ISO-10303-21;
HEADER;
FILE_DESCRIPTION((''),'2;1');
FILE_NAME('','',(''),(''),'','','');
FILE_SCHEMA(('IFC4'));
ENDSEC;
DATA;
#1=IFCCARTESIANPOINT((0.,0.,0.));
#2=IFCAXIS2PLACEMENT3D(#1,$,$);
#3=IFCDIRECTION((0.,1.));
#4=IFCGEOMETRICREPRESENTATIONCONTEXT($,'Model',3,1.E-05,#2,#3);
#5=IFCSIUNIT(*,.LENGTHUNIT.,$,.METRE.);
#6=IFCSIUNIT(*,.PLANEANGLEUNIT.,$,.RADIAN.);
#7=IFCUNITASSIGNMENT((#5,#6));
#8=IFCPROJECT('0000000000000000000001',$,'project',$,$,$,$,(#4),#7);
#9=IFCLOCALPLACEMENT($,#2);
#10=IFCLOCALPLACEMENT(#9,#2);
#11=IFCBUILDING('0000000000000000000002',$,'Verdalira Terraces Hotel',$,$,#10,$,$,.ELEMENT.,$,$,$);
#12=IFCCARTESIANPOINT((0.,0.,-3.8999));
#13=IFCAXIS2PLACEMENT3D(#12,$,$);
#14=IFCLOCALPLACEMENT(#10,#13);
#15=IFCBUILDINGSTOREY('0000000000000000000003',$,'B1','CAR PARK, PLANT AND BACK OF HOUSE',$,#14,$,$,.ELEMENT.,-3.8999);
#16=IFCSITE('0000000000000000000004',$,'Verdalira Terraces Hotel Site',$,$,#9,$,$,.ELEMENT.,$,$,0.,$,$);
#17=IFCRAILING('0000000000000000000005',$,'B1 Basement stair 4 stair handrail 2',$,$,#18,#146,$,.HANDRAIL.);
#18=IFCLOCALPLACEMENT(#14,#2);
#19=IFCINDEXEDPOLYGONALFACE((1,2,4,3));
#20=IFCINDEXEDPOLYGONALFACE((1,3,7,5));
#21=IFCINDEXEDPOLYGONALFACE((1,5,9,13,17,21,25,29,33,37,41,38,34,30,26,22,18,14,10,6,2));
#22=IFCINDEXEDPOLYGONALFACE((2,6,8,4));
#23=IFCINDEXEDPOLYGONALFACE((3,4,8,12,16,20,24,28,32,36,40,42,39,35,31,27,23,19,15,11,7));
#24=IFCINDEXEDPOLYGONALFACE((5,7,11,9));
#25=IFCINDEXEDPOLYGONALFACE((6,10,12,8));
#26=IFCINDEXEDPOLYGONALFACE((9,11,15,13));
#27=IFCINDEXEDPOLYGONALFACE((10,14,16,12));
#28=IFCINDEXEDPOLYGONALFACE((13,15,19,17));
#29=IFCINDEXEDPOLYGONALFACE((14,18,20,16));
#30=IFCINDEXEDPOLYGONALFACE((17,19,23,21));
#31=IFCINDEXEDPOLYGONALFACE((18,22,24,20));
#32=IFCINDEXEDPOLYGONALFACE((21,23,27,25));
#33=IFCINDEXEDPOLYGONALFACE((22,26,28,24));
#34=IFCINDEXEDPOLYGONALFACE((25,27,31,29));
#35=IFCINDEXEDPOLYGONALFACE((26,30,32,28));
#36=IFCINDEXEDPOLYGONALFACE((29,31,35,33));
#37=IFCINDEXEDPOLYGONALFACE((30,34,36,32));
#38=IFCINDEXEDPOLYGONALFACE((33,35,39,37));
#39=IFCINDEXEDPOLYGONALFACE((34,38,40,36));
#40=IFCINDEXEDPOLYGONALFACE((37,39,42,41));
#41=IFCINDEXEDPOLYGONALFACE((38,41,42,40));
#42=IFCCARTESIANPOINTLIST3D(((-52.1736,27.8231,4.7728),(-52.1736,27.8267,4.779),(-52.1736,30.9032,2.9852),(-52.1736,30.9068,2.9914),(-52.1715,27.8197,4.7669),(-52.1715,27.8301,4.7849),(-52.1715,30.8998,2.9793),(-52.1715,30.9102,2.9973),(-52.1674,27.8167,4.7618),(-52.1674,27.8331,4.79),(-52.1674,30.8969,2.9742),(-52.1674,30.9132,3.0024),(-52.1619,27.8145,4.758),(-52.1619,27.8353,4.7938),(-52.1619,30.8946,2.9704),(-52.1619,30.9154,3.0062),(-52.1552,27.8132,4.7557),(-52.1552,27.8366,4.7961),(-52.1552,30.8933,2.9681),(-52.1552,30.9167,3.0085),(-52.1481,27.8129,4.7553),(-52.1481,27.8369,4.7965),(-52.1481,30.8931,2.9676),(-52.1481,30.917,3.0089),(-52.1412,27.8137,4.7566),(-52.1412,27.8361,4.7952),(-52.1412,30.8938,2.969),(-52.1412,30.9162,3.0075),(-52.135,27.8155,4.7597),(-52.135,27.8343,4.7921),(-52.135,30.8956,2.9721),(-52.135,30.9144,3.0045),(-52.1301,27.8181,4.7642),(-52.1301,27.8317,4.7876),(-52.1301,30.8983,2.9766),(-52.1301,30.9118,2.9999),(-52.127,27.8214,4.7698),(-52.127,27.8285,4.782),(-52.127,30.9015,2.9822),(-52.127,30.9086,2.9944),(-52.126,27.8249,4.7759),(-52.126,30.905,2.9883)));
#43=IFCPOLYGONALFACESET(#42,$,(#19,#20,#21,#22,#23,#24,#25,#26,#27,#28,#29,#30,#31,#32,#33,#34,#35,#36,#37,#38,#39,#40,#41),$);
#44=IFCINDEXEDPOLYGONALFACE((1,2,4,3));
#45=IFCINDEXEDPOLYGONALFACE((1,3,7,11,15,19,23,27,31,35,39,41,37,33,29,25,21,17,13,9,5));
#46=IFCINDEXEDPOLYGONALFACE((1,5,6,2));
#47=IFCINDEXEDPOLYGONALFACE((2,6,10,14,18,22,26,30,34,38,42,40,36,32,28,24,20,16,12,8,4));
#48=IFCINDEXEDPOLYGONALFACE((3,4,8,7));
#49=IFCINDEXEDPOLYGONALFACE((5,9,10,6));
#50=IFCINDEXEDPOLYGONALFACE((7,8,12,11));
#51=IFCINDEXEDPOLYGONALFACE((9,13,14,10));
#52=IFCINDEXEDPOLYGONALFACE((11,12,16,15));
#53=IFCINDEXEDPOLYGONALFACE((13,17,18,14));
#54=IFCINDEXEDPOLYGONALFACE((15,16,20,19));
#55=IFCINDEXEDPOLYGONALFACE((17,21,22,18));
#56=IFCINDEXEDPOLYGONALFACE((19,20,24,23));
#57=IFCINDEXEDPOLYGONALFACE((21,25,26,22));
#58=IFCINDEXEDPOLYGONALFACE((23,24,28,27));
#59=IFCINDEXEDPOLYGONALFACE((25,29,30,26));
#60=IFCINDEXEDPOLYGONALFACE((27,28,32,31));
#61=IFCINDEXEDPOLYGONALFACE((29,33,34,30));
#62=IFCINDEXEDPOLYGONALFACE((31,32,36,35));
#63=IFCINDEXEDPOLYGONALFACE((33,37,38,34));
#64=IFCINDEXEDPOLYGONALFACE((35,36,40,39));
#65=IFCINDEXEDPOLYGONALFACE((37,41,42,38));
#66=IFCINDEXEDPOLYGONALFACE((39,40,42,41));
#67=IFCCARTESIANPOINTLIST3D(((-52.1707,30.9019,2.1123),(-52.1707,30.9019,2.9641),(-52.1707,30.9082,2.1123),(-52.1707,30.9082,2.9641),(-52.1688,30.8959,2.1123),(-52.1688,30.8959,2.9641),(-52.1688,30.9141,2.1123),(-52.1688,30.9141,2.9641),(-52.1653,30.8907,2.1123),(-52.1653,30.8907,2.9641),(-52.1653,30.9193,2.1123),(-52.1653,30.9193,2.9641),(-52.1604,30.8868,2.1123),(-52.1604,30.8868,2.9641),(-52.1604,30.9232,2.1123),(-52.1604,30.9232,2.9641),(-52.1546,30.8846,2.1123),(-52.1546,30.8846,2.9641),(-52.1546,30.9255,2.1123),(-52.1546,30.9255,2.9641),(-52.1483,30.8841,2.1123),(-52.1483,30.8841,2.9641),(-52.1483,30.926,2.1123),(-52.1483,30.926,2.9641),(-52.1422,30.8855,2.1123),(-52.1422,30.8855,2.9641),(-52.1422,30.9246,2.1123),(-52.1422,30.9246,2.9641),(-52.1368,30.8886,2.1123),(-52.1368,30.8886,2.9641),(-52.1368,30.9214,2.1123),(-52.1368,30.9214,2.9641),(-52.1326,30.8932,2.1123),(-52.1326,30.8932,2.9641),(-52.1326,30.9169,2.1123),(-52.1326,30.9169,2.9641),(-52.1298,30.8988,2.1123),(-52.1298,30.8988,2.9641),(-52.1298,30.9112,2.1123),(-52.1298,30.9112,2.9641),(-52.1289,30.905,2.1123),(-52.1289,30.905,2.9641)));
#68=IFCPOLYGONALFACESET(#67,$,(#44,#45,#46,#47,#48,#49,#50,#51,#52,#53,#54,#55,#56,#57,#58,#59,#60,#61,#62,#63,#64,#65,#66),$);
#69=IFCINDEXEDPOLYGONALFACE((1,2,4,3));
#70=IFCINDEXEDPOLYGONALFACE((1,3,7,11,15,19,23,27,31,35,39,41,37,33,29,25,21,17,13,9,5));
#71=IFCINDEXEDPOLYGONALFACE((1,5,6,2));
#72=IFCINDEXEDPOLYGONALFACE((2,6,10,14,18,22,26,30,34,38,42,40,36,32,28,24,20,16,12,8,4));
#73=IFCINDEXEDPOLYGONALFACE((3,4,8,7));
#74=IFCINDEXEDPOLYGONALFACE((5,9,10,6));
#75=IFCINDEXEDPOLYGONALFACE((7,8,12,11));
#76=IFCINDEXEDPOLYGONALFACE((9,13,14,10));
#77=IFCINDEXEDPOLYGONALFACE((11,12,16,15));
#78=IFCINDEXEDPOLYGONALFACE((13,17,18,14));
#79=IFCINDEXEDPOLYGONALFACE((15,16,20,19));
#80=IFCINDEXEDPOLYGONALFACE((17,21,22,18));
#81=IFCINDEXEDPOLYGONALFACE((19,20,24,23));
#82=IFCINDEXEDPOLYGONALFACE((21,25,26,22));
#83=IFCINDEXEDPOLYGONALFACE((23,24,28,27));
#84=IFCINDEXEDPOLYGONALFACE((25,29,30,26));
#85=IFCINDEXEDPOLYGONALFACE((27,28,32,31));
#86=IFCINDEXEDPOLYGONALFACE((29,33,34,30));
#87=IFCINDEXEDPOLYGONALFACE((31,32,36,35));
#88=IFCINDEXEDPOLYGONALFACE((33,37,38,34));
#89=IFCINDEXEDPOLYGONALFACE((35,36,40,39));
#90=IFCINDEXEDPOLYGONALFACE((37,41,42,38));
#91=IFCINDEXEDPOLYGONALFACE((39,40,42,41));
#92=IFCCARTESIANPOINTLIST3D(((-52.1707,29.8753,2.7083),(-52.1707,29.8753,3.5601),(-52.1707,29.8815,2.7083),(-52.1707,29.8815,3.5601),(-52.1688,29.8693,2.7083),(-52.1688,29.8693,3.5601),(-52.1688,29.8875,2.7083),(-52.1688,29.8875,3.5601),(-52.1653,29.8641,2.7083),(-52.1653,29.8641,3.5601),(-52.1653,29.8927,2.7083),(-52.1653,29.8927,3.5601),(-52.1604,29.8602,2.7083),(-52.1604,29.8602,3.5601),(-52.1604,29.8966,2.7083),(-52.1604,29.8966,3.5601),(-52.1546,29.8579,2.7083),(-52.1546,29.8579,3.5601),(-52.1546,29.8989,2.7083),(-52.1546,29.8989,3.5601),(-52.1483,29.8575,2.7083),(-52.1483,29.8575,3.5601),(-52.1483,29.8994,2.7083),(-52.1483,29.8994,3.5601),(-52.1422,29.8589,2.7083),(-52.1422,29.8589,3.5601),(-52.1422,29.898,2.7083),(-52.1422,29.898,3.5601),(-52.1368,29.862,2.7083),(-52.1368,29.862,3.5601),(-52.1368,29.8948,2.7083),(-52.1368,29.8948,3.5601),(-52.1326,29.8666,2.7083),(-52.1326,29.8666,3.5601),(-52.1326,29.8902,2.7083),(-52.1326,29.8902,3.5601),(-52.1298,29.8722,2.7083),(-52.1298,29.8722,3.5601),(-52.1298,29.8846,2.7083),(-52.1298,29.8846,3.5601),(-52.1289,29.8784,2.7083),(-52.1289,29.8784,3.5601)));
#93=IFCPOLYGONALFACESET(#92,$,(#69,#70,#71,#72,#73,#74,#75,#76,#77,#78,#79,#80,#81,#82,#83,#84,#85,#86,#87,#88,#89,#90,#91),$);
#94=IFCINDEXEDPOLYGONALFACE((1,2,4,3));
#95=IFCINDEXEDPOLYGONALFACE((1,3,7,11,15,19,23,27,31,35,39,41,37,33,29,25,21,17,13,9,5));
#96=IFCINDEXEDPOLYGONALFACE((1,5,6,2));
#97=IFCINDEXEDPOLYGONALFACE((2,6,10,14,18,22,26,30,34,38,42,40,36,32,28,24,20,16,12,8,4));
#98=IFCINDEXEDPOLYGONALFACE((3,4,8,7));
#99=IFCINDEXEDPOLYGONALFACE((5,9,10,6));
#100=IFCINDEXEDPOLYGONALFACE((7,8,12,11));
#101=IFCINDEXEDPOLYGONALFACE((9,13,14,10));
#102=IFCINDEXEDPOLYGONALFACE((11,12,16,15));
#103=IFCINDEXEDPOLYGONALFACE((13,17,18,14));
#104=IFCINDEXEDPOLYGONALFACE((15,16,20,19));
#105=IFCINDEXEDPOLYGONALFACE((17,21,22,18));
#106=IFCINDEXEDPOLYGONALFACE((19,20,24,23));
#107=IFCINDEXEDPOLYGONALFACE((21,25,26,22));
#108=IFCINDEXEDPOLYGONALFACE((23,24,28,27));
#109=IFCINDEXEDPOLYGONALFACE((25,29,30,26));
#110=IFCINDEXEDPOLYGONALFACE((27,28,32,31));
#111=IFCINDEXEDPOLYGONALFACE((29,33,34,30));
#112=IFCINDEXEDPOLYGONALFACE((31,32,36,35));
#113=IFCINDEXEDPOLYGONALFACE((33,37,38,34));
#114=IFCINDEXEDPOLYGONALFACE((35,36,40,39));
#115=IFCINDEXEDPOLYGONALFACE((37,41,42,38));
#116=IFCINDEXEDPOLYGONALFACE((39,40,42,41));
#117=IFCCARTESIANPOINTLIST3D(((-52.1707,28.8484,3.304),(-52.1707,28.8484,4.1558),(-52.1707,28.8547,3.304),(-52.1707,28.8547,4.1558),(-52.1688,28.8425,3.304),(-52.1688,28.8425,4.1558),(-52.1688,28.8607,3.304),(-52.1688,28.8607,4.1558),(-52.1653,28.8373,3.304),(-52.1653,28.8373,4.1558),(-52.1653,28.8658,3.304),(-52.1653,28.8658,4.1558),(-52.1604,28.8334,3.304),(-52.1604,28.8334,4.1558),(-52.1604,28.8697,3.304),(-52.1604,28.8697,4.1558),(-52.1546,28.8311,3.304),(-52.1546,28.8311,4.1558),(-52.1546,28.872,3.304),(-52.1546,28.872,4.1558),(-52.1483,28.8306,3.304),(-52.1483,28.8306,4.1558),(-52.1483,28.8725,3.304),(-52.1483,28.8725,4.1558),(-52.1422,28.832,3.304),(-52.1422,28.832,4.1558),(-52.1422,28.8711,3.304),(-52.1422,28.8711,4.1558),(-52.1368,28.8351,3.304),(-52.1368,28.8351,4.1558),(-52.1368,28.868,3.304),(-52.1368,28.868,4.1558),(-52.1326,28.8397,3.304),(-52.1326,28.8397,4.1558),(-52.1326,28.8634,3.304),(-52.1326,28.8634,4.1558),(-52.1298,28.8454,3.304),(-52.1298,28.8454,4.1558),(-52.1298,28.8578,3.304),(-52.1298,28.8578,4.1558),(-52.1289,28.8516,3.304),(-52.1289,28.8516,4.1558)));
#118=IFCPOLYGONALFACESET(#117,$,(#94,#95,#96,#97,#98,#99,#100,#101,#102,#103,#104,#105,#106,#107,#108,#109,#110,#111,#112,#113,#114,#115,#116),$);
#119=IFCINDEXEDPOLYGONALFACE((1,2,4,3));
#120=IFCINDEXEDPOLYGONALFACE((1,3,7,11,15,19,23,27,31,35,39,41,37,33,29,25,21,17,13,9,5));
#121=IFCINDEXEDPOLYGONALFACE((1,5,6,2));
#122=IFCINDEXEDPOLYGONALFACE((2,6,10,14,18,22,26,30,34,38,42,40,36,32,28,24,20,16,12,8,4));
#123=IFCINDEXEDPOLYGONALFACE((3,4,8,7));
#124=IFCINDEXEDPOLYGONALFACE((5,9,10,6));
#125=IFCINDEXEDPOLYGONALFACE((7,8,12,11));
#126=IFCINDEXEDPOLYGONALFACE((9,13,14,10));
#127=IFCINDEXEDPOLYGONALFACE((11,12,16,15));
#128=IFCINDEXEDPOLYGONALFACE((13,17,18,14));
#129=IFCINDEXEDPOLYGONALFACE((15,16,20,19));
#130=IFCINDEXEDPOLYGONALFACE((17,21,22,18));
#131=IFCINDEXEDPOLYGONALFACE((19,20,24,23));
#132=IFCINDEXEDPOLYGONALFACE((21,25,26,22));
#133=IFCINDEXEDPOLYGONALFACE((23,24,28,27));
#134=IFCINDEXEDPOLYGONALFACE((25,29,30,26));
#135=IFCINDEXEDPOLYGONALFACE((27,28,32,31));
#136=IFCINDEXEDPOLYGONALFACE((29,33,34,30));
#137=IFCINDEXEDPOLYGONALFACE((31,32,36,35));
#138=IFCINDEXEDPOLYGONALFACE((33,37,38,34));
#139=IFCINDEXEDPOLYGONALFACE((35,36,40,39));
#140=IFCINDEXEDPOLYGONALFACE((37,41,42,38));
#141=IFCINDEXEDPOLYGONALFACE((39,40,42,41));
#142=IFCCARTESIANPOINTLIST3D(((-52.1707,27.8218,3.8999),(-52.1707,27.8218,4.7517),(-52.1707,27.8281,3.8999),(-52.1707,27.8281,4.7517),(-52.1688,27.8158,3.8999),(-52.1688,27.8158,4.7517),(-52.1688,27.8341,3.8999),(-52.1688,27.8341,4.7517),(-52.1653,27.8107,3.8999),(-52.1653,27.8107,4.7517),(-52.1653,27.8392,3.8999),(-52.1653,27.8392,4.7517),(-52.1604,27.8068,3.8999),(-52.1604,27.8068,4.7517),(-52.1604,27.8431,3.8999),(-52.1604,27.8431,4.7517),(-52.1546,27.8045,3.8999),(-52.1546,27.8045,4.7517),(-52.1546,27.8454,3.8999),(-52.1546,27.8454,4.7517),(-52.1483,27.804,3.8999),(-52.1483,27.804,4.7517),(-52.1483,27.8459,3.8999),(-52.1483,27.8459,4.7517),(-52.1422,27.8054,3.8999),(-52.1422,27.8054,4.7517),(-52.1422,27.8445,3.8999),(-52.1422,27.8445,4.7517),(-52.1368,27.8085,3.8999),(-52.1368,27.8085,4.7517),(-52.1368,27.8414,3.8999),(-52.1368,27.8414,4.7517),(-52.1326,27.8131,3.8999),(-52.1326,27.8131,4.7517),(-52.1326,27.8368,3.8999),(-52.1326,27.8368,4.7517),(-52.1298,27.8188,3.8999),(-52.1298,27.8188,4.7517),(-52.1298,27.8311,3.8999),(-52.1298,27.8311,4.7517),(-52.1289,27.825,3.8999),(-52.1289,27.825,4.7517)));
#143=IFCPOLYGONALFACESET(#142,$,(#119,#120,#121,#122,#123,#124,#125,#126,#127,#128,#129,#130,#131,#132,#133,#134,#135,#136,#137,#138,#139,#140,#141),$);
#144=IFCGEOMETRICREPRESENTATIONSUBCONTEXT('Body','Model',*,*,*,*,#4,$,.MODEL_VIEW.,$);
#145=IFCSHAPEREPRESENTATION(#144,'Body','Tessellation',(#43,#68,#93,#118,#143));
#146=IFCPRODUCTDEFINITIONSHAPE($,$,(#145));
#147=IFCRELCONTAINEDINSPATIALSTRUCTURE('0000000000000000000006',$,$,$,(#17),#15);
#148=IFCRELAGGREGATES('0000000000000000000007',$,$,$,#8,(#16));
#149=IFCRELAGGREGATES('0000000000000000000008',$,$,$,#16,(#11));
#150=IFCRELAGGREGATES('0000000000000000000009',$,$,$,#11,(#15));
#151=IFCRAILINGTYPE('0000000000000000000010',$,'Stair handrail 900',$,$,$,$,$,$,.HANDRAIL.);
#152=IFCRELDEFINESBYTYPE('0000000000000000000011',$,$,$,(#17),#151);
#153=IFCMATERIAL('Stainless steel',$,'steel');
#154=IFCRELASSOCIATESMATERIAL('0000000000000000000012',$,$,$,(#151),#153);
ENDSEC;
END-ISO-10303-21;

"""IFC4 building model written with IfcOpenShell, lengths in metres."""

from ifc_helpers import new_model, si_unit, direction, frame, origin, origin_2d, place, context, subcontext, project, spatial, circle, extrude, material, type_object, element, save


model = new_model("IFC4")

# Units and contexts
model_context = context("Model", 3, precision=1e-05, world=origin(), true_north=direction((0.0, 1.0)))
body_context = subcontext(model_context, "Body", "Model", "MODEL_VIEW")
ifc_project = project(units=[si_unit("LENGTHUNIT", "METRE"), si_unit("PLANEANGLEUNIT", "RADIAN")], contexts=[model_context])

# Site, building, storey
site_placement = place(None, origin())
site = spatial("IfcSite", under=ifc_project, at=site_placement, Name="Verdalira Terraces Hotel Site", CompositionType="ELEMENT", RefElevation=0.0)
building_placement = place(site_placement, origin())
building = spatial("IfcBuilding", under=site, at=building_placement, Name="Verdalira Terraces Hotel", CompositionType="ELEMENT")
storey_placement = place(building_placement, frame((0.0, 0.0, -3.8999)))
storey = spatial("IfcBuildingStorey", under=building, at=storey_placement, Name="B1", Description="CAR PARK, PLANT AND BACK OF HOUSE", CompositionType="ELEMENT", Elevation=-3.8999)

# Railing
ifc_material_1 = material(Name="Stainless steel", Category="steel")
railing_type_1 = type_object("IfcRailingType", Name="Stair handrail 900", PredefinedType="HANDRAIL", material=ifc_material_1)
railing_1_placement = place(storey_placement, frame((-52.1499, 30.905, 2.1123)))
element("IfcRailing", 1, at=railing_1_placement, inside=storey, type_object=railing_type_1, Name="B1 Basement stair 4 stair handrail 2", PredefinedType="HANDRAIL", context=body_context, shape_type="SweptSolid", body=[
    extrude(circle(Radius=0.0239, at=origin_2d()), frame((0.0, 0.0, 0.876), z_axis=(0.0, -0.864891, 0.50196), x_axis=(1.0, 0.0, 0.0)), (0.0, 0.0, 1.0), 3.5613),
    extrude(circle(Radius=0.021, at=origin_2d()), origin(), (0.0, 0.0, 1.0), 0.8518),
    extrude(circle(Radius=0.021, at=origin_2d()), frame((0.0, -1.0266, 0.5959)), (0.0, 0.0, 1.0), 0.8518),
    extrude(circle(Radius=0.021, at=origin_2d()), frame((0.0, -2.0535, 1.1917)), (0.0, 0.0, 1.0), 0.8518),
    extrude(circle(Radius=0.021, at=origin_2d()), frame((0.0, -3.0801, 1.7876)), (0.0, 0.0, 1.0), 0.8518),
])

save(model, "model.ifc")
